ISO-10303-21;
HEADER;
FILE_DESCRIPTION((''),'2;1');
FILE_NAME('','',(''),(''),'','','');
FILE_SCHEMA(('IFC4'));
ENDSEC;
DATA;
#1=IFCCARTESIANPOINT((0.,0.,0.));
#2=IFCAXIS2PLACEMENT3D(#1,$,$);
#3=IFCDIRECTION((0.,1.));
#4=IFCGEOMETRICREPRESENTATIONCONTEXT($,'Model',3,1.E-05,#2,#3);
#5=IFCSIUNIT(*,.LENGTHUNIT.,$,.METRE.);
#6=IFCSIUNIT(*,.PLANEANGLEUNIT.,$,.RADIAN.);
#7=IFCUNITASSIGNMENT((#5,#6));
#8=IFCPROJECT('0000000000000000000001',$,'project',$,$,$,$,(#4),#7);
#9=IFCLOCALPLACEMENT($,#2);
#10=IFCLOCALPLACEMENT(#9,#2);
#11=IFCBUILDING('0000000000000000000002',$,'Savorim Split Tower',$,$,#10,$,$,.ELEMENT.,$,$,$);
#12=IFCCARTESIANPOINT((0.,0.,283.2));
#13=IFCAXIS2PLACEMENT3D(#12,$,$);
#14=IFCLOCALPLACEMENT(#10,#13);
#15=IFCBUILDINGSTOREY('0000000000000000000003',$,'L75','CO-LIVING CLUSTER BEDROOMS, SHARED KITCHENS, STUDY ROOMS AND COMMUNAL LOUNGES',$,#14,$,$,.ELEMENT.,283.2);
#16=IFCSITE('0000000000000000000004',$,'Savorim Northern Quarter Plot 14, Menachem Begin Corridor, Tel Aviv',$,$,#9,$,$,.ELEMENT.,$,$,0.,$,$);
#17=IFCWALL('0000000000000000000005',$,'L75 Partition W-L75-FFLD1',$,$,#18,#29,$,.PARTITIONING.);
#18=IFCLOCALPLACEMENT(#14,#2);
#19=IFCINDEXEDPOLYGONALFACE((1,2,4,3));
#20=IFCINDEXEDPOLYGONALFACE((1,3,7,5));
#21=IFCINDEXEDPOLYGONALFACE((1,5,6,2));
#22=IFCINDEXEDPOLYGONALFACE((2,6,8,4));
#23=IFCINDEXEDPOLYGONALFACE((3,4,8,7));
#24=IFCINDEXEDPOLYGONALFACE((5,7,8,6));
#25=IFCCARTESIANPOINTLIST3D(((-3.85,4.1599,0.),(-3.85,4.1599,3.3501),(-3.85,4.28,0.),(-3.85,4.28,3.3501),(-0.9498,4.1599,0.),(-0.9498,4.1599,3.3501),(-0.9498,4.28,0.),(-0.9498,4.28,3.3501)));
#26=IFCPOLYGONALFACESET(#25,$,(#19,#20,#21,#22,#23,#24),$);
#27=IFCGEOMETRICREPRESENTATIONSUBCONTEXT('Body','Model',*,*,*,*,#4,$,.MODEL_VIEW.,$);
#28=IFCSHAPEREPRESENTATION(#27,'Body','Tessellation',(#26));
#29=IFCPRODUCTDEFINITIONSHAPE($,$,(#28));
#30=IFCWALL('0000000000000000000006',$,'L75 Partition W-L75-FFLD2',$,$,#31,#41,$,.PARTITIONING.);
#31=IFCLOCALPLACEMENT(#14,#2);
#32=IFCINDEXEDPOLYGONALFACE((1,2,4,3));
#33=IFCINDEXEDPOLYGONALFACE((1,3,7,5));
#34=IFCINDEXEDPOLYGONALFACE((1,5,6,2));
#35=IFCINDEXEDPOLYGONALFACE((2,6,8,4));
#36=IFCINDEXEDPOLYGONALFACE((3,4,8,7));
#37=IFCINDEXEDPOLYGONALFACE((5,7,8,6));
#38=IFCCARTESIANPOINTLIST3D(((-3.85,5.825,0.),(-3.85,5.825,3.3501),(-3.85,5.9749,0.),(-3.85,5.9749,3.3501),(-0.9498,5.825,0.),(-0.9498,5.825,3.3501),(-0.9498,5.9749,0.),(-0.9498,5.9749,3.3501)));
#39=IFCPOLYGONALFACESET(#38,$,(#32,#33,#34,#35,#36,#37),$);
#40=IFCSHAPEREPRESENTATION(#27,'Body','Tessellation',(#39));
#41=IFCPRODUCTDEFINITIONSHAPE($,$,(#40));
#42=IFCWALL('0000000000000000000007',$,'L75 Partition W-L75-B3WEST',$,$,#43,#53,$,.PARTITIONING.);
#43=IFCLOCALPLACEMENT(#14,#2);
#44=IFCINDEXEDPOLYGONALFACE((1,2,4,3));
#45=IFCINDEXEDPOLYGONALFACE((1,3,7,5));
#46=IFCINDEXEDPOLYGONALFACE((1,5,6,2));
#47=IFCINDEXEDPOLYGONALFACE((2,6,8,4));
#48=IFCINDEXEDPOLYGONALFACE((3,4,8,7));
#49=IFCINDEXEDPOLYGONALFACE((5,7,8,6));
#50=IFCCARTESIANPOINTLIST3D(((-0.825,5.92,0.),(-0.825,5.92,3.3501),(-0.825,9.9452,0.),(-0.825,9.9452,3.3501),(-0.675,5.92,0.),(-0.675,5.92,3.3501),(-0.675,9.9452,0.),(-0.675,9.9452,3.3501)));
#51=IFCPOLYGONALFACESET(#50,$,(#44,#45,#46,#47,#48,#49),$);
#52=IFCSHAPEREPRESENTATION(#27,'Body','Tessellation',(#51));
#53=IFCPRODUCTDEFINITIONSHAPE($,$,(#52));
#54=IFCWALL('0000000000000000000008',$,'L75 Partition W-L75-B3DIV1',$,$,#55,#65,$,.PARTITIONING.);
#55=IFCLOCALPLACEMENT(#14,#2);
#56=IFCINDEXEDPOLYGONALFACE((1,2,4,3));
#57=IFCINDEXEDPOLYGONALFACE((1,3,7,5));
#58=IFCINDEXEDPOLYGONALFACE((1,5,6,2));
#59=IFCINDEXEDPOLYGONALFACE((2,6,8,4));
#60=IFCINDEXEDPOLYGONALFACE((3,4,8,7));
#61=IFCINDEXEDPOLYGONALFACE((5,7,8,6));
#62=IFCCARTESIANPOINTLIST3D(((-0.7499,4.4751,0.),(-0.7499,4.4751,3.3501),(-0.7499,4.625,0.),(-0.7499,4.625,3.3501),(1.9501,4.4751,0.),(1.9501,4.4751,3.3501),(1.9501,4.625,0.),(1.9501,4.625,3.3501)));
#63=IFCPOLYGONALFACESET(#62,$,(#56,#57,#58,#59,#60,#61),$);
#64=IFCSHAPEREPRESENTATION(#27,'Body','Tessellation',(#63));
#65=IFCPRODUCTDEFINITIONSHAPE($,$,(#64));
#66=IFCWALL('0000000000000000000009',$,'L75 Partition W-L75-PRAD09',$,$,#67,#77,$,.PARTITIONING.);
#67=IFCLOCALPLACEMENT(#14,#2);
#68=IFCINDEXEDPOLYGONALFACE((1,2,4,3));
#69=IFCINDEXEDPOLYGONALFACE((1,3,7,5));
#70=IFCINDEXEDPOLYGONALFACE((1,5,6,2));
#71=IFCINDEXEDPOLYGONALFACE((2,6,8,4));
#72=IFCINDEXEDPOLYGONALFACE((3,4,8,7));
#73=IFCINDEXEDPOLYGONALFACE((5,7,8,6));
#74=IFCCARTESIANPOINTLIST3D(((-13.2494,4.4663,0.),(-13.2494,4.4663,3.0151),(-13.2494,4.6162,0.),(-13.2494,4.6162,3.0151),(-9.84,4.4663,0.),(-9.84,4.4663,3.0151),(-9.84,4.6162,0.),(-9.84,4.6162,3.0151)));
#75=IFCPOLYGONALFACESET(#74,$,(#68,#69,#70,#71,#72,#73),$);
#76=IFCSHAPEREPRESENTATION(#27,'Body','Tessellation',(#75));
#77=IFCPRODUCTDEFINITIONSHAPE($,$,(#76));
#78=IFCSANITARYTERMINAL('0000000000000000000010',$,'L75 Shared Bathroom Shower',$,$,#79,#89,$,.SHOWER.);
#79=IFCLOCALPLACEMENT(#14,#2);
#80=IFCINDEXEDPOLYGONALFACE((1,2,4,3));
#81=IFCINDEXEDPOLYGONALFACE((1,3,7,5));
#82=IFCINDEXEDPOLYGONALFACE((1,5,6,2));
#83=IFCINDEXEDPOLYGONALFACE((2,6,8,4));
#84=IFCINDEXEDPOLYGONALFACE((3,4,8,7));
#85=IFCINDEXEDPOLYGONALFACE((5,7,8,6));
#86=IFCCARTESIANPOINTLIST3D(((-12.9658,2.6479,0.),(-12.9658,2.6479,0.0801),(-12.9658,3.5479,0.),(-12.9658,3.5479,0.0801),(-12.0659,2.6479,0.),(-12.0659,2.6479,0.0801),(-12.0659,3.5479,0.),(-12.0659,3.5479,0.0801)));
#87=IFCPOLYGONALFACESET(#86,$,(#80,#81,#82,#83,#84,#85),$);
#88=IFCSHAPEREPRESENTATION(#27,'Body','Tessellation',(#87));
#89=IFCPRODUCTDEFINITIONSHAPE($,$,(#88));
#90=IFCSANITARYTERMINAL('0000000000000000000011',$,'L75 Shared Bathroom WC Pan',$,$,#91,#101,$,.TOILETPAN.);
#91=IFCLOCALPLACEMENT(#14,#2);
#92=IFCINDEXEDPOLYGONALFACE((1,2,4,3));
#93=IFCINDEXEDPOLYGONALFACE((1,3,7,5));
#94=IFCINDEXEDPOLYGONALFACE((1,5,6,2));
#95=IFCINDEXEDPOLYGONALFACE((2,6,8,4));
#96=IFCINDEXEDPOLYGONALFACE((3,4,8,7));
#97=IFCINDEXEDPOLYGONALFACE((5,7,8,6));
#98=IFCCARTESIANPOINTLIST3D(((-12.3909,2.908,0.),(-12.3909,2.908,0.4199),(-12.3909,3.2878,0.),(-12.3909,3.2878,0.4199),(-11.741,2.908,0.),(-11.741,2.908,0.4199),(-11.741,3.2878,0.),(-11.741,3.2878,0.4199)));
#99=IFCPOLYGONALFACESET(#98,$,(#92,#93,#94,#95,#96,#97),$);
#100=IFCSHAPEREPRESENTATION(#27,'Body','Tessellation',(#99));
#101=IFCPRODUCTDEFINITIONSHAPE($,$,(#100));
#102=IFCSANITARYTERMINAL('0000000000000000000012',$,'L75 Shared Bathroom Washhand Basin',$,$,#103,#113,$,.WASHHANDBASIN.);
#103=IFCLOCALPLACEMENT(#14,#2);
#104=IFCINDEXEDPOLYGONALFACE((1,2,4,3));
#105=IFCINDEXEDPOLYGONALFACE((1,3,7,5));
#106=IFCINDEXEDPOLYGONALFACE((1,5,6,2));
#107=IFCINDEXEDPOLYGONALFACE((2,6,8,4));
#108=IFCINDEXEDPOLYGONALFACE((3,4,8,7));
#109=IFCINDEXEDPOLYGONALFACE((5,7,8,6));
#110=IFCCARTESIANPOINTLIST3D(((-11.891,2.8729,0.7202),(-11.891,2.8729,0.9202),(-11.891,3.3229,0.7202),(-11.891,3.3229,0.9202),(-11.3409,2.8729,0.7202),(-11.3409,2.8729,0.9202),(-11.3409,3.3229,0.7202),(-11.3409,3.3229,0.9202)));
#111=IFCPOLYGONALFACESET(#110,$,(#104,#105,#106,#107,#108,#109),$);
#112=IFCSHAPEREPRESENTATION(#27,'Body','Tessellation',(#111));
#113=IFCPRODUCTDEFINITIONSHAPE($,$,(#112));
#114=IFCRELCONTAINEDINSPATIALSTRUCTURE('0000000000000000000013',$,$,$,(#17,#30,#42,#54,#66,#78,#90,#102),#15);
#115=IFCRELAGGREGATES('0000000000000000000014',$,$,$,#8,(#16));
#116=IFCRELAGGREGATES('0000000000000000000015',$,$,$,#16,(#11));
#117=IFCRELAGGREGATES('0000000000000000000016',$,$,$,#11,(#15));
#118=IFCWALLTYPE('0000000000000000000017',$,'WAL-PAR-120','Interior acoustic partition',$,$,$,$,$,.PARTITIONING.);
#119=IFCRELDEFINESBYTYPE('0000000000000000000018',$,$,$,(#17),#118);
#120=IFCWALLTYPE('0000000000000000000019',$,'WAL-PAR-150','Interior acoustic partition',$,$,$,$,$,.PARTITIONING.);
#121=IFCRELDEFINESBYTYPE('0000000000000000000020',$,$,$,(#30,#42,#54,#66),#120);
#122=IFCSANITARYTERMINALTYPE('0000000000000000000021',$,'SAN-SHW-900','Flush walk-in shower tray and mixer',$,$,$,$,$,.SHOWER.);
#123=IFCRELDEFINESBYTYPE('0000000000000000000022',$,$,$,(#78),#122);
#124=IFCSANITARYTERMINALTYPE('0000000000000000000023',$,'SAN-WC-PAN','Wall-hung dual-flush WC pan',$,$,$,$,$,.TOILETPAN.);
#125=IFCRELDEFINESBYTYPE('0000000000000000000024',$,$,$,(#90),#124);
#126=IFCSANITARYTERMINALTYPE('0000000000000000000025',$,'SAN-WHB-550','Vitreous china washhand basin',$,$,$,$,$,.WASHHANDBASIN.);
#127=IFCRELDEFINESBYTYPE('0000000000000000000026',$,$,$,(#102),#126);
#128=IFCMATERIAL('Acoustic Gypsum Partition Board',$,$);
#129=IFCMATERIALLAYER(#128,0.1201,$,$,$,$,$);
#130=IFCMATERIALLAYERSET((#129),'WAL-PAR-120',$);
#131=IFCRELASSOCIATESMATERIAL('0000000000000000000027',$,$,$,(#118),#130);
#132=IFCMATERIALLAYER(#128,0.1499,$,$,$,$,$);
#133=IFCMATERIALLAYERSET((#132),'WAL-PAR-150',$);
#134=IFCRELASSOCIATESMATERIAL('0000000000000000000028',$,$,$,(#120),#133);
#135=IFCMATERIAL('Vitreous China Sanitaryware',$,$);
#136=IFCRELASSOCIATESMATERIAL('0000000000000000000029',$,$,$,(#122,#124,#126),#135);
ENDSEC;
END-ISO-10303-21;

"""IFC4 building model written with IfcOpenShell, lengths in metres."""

from ifc_helpers import new_model, si_unit, direction, frame, frame_2d, origin, origin_2d, place, context, subcontext, project, spatial, rectangle, extrude, material, layer, layer_set, type_object, element, save


model = new_model("IFC4")

# Units and contexts
model_context = context("Model", 3, precision=1e-05, world=origin(), true_north=direction((0.0, 1.0)))
body_context = subcontext(model_context, "Body", "Model", "MODEL_VIEW")
ifc_project = project(units=[si_unit("LENGTHUNIT", "METRE"), si_unit("PLANEANGLEUNIT", "RADIAN")], contexts=[model_context])

# Site, building, storey
site_placement = place(None, origin())
site = spatial("IfcSite", under=ifc_project, at=site_placement, Name="Savorim Northern Quarter Plot 14, Menachem Begin Corridor, Tel Aviv", CompositionType="ELEMENT", RefElevation=0.0)
building_placement = place(site_placement, origin())
building = spatial("IfcBuilding", under=site, at=building_placement, Name="Savorim Split Tower", CompositionType="ELEMENT")
storey_placement = place(building_placement, frame((0.0, 0.0, 283.2)))
storey = spatial("IfcBuildingStorey", under=building, at=storey_placement, Name="L75", Description="CO-LIVING CLUSTER BEDROOMS, SHARED KITCHENS, STUDY ROOMS AND COMMUNAL LOUNGES", CompositionType="ELEMENT", Elevation=283.2)

# Walls
ifc_material_1 = material(Name="Acoustic Gypsum Partition Board")
ifc_layer_1 = layer(ifc_material_1, 0.1201)
ifc_layer_set_1 = layer_set([ifc_layer_1], Name="WAL-PAR-120")
wall_type_1 = type_object("IfcWallType", Name="WAL-PAR-120", Description="Interior acoustic partition", PredefinedType="PARTITIONING", material=ifc_layer_set_1)
for number, where, z_axis, x_axis, name in (
    (1, (-3.8501, 4.22, 0.0), (0.0, 0.0, 1.0), (1.0, 0.0, 0.0), "L75 Partition W-L75-FFLD1"),
):
    element("IfcWall", number, at=place(storey_placement, frame(where, z_axis=z_axis, x_axis=x_axis)), inside=storey, type_object=wall_type_1, Name=name, PredefinedType="PARTITIONING", context=body_context, shape_type="SweptSolid", body=[
        extrude(rectangle(XDim=2.9001, YDim=0.1201, at=frame_2d((1.4502, 0.0))), origin(), (0.0, 0.0, 1.0), 3.3501),
    ])
ifc_layer_2 = layer(ifc_material_1, 0.1499)
ifc_layer_set_2 = layer_set([ifc_layer_2], Name="WAL-PAR-150")
wall_type_2 = type_object("IfcWallType", Name="WAL-PAR-150", Description="Interior acoustic partition", PredefinedType="PARTITIONING", material=ifc_layer_set_2)
wall_1_placement = place(storey_placement, frame((-3.8501, 5.8999, 0.0), z_axis=(0.0, 0.0, 1.0), x_axis=(1.0, 0.0, 0.0)))
element("IfcWall", 2, at=wall_1_placement, inside=storey, type_object=wall_type_2, Name="L75 Partition W-L75-FFLD2", PredefinedType="PARTITIONING", context=body_context, shape_type="SweptSolid", body=[
    extrude(rectangle(XDim=2.9001, YDim=0.1499, at=frame_2d((1.4502, 0.0))), origin(), (0.0, 0.0, 1.0), 3.3501),
])
wall_2_placement = place(storey_placement, frame((-0.75, 5.9199, 0.0), z_axis=(0.0, 0.0, 1.0), x_axis=(0.0, 1.0, 0.0)))
element("IfcWall", 3, at=wall_2_placement, inside=storey, type_object=wall_type_2, Name="L75 Partition W-L75-B3WEST", PredefinedType="PARTITIONING", context=body_context, shape_type="SweptSolid", body=[
    extrude(rectangle(XDim=4.0251, YDim=0.1499, at=frame_2d((2.0127, 0.0))), origin(), (0.0, 0.0, 1.0), 3.3501),
])
wall_3_placement = place(storey_placement, frame((-0.75, 4.55, 0.0), z_axis=(0.0, 0.0, 1.0), x_axis=(1.0, 0.0, 0.0)))
element("IfcWall", 4, at=wall_3_placement, inside=storey, type_object=wall_type_2, Name="L75 Partition W-L75-B3DIV1", PredefinedType="PARTITIONING", context=body_context, shape_type="SweptSolid", body=[
    extrude(rectangle(XDim=2.7, YDim=0.1499, at=frame_2d((1.3501, 0.0))), origin(), (0.0, 0.0, 1.0), 3.3501),
])
wall_4_placement = place(storey_placement, frame((-9.8401, 4.5413, 0.0), z_axis=(0.0, 0.0, 1.0), x_axis=(-1.0, 0.0, 0.0)))
element("IfcWall", 5, at=wall_4_placement, inside=storey, type_object=wall_type_2, Name="L75 Partition W-L75-PRAD09", PredefinedType="PARTITIONING", context=body_context, shape_type="SweptSolid", body=[
    extrude(rectangle(XDim=3.4094, YDim=0.1499, at=frame_2d((1.7046, 0.0))), origin(), (0.0, 0.0, 1.0), 3.0151),
])

# Sanitary terminals
ifc_material_2 = material(Name="Vitreous China Sanitaryware")
sanitary_terminal_type_1 = type_object("IfcSanitaryTerminalType", Name="SAN-SHW-900", Description="Flush walk-in shower tray and mixer", PredefinedType="SHOWER", material=ifc_material_2)
sanitary_terminal_1_placement = place(storey_placement, frame((-12.5159, 3.0979, 0.0), z_axis=(0.0, 0.0, 1.0), x_axis=(1.0, 0.0, 0.0)))
element("IfcSanitaryTerminal", 6, at=sanitary_terminal_1_placement, inside=storey, type_object=sanitary_terminal_type_1, Name="L75 Shared Bathroom Shower", PredefinedType="SHOWER", context=body_context, shape_type="SweptSolid", body=[
    extrude(rectangle(XDim=0.8999, YDim=0.8999, at=origin_2d()), origin(), (0.0, 0.0, 1.0), 0.0801),
])
sanitary_terminal_type_2 = type_object("IfcSanitaryTerminalType", Name="SAN-WC-PAN", Description="Wall-hung dual-flush WC pan", PredefinedType="TOILETPAN", material=ifc_material_2)
sanitary_terminal_2_placement = place(storey_placement, frame((-12.0659, 3.0979, 0.0), z_axis=(0.0, 0.0, 1.0), x_axis=(1.0, 0.0, 0.0)))
element("IfcSanitaryTerminal", 7, at=sanitary_terminal_2_placement, inside=storey, type_object=sanitary_terminal_type_2, Name="L75 Shared Bathroom WC Pan", PredefinedType="TOILETPAN", context=body_context, shape_type="SweptSolid", body=[
    extrude(rectangle(XDim=0.6499, YDim=0.3799, at=origin_2d()), origin(), (0.0, 0.0, 1.0), 0.4199),
])
sanitary_terminal_type_3 = type_object("IfcSanitaryTerminalType", Name="SAN-WHB-550", Description="Vitreous china washhand basin", PredefinedType="WASHHANDBASIN", material=ifc_material_2)
sanitary_terminal_3_placement = place(storey_placement, frame((-11.616, 3.0979, 0.7202), z_axis=(0.0, 0.0, 1.0), x_axis=(1.0, 0.0, 0.0)))
element("IfcSanitaryTerminal", 8, at=sanitary_terminal_3_placement, inside=storey, type_object=sanitary_terminal_type_3, Name="L75 Shared Bathroom Washhand Basin", PredefinedType="WASHHANDBASIN", context=body_context, shape_type="SweptSolid", body=[
    extrude(rectangle(XDim=0.55, YDim=0.45, at=origin_2d()), origin(), (0.0, 0.0, 1.0), 0.2),
])

save(model, "model.ifc")
